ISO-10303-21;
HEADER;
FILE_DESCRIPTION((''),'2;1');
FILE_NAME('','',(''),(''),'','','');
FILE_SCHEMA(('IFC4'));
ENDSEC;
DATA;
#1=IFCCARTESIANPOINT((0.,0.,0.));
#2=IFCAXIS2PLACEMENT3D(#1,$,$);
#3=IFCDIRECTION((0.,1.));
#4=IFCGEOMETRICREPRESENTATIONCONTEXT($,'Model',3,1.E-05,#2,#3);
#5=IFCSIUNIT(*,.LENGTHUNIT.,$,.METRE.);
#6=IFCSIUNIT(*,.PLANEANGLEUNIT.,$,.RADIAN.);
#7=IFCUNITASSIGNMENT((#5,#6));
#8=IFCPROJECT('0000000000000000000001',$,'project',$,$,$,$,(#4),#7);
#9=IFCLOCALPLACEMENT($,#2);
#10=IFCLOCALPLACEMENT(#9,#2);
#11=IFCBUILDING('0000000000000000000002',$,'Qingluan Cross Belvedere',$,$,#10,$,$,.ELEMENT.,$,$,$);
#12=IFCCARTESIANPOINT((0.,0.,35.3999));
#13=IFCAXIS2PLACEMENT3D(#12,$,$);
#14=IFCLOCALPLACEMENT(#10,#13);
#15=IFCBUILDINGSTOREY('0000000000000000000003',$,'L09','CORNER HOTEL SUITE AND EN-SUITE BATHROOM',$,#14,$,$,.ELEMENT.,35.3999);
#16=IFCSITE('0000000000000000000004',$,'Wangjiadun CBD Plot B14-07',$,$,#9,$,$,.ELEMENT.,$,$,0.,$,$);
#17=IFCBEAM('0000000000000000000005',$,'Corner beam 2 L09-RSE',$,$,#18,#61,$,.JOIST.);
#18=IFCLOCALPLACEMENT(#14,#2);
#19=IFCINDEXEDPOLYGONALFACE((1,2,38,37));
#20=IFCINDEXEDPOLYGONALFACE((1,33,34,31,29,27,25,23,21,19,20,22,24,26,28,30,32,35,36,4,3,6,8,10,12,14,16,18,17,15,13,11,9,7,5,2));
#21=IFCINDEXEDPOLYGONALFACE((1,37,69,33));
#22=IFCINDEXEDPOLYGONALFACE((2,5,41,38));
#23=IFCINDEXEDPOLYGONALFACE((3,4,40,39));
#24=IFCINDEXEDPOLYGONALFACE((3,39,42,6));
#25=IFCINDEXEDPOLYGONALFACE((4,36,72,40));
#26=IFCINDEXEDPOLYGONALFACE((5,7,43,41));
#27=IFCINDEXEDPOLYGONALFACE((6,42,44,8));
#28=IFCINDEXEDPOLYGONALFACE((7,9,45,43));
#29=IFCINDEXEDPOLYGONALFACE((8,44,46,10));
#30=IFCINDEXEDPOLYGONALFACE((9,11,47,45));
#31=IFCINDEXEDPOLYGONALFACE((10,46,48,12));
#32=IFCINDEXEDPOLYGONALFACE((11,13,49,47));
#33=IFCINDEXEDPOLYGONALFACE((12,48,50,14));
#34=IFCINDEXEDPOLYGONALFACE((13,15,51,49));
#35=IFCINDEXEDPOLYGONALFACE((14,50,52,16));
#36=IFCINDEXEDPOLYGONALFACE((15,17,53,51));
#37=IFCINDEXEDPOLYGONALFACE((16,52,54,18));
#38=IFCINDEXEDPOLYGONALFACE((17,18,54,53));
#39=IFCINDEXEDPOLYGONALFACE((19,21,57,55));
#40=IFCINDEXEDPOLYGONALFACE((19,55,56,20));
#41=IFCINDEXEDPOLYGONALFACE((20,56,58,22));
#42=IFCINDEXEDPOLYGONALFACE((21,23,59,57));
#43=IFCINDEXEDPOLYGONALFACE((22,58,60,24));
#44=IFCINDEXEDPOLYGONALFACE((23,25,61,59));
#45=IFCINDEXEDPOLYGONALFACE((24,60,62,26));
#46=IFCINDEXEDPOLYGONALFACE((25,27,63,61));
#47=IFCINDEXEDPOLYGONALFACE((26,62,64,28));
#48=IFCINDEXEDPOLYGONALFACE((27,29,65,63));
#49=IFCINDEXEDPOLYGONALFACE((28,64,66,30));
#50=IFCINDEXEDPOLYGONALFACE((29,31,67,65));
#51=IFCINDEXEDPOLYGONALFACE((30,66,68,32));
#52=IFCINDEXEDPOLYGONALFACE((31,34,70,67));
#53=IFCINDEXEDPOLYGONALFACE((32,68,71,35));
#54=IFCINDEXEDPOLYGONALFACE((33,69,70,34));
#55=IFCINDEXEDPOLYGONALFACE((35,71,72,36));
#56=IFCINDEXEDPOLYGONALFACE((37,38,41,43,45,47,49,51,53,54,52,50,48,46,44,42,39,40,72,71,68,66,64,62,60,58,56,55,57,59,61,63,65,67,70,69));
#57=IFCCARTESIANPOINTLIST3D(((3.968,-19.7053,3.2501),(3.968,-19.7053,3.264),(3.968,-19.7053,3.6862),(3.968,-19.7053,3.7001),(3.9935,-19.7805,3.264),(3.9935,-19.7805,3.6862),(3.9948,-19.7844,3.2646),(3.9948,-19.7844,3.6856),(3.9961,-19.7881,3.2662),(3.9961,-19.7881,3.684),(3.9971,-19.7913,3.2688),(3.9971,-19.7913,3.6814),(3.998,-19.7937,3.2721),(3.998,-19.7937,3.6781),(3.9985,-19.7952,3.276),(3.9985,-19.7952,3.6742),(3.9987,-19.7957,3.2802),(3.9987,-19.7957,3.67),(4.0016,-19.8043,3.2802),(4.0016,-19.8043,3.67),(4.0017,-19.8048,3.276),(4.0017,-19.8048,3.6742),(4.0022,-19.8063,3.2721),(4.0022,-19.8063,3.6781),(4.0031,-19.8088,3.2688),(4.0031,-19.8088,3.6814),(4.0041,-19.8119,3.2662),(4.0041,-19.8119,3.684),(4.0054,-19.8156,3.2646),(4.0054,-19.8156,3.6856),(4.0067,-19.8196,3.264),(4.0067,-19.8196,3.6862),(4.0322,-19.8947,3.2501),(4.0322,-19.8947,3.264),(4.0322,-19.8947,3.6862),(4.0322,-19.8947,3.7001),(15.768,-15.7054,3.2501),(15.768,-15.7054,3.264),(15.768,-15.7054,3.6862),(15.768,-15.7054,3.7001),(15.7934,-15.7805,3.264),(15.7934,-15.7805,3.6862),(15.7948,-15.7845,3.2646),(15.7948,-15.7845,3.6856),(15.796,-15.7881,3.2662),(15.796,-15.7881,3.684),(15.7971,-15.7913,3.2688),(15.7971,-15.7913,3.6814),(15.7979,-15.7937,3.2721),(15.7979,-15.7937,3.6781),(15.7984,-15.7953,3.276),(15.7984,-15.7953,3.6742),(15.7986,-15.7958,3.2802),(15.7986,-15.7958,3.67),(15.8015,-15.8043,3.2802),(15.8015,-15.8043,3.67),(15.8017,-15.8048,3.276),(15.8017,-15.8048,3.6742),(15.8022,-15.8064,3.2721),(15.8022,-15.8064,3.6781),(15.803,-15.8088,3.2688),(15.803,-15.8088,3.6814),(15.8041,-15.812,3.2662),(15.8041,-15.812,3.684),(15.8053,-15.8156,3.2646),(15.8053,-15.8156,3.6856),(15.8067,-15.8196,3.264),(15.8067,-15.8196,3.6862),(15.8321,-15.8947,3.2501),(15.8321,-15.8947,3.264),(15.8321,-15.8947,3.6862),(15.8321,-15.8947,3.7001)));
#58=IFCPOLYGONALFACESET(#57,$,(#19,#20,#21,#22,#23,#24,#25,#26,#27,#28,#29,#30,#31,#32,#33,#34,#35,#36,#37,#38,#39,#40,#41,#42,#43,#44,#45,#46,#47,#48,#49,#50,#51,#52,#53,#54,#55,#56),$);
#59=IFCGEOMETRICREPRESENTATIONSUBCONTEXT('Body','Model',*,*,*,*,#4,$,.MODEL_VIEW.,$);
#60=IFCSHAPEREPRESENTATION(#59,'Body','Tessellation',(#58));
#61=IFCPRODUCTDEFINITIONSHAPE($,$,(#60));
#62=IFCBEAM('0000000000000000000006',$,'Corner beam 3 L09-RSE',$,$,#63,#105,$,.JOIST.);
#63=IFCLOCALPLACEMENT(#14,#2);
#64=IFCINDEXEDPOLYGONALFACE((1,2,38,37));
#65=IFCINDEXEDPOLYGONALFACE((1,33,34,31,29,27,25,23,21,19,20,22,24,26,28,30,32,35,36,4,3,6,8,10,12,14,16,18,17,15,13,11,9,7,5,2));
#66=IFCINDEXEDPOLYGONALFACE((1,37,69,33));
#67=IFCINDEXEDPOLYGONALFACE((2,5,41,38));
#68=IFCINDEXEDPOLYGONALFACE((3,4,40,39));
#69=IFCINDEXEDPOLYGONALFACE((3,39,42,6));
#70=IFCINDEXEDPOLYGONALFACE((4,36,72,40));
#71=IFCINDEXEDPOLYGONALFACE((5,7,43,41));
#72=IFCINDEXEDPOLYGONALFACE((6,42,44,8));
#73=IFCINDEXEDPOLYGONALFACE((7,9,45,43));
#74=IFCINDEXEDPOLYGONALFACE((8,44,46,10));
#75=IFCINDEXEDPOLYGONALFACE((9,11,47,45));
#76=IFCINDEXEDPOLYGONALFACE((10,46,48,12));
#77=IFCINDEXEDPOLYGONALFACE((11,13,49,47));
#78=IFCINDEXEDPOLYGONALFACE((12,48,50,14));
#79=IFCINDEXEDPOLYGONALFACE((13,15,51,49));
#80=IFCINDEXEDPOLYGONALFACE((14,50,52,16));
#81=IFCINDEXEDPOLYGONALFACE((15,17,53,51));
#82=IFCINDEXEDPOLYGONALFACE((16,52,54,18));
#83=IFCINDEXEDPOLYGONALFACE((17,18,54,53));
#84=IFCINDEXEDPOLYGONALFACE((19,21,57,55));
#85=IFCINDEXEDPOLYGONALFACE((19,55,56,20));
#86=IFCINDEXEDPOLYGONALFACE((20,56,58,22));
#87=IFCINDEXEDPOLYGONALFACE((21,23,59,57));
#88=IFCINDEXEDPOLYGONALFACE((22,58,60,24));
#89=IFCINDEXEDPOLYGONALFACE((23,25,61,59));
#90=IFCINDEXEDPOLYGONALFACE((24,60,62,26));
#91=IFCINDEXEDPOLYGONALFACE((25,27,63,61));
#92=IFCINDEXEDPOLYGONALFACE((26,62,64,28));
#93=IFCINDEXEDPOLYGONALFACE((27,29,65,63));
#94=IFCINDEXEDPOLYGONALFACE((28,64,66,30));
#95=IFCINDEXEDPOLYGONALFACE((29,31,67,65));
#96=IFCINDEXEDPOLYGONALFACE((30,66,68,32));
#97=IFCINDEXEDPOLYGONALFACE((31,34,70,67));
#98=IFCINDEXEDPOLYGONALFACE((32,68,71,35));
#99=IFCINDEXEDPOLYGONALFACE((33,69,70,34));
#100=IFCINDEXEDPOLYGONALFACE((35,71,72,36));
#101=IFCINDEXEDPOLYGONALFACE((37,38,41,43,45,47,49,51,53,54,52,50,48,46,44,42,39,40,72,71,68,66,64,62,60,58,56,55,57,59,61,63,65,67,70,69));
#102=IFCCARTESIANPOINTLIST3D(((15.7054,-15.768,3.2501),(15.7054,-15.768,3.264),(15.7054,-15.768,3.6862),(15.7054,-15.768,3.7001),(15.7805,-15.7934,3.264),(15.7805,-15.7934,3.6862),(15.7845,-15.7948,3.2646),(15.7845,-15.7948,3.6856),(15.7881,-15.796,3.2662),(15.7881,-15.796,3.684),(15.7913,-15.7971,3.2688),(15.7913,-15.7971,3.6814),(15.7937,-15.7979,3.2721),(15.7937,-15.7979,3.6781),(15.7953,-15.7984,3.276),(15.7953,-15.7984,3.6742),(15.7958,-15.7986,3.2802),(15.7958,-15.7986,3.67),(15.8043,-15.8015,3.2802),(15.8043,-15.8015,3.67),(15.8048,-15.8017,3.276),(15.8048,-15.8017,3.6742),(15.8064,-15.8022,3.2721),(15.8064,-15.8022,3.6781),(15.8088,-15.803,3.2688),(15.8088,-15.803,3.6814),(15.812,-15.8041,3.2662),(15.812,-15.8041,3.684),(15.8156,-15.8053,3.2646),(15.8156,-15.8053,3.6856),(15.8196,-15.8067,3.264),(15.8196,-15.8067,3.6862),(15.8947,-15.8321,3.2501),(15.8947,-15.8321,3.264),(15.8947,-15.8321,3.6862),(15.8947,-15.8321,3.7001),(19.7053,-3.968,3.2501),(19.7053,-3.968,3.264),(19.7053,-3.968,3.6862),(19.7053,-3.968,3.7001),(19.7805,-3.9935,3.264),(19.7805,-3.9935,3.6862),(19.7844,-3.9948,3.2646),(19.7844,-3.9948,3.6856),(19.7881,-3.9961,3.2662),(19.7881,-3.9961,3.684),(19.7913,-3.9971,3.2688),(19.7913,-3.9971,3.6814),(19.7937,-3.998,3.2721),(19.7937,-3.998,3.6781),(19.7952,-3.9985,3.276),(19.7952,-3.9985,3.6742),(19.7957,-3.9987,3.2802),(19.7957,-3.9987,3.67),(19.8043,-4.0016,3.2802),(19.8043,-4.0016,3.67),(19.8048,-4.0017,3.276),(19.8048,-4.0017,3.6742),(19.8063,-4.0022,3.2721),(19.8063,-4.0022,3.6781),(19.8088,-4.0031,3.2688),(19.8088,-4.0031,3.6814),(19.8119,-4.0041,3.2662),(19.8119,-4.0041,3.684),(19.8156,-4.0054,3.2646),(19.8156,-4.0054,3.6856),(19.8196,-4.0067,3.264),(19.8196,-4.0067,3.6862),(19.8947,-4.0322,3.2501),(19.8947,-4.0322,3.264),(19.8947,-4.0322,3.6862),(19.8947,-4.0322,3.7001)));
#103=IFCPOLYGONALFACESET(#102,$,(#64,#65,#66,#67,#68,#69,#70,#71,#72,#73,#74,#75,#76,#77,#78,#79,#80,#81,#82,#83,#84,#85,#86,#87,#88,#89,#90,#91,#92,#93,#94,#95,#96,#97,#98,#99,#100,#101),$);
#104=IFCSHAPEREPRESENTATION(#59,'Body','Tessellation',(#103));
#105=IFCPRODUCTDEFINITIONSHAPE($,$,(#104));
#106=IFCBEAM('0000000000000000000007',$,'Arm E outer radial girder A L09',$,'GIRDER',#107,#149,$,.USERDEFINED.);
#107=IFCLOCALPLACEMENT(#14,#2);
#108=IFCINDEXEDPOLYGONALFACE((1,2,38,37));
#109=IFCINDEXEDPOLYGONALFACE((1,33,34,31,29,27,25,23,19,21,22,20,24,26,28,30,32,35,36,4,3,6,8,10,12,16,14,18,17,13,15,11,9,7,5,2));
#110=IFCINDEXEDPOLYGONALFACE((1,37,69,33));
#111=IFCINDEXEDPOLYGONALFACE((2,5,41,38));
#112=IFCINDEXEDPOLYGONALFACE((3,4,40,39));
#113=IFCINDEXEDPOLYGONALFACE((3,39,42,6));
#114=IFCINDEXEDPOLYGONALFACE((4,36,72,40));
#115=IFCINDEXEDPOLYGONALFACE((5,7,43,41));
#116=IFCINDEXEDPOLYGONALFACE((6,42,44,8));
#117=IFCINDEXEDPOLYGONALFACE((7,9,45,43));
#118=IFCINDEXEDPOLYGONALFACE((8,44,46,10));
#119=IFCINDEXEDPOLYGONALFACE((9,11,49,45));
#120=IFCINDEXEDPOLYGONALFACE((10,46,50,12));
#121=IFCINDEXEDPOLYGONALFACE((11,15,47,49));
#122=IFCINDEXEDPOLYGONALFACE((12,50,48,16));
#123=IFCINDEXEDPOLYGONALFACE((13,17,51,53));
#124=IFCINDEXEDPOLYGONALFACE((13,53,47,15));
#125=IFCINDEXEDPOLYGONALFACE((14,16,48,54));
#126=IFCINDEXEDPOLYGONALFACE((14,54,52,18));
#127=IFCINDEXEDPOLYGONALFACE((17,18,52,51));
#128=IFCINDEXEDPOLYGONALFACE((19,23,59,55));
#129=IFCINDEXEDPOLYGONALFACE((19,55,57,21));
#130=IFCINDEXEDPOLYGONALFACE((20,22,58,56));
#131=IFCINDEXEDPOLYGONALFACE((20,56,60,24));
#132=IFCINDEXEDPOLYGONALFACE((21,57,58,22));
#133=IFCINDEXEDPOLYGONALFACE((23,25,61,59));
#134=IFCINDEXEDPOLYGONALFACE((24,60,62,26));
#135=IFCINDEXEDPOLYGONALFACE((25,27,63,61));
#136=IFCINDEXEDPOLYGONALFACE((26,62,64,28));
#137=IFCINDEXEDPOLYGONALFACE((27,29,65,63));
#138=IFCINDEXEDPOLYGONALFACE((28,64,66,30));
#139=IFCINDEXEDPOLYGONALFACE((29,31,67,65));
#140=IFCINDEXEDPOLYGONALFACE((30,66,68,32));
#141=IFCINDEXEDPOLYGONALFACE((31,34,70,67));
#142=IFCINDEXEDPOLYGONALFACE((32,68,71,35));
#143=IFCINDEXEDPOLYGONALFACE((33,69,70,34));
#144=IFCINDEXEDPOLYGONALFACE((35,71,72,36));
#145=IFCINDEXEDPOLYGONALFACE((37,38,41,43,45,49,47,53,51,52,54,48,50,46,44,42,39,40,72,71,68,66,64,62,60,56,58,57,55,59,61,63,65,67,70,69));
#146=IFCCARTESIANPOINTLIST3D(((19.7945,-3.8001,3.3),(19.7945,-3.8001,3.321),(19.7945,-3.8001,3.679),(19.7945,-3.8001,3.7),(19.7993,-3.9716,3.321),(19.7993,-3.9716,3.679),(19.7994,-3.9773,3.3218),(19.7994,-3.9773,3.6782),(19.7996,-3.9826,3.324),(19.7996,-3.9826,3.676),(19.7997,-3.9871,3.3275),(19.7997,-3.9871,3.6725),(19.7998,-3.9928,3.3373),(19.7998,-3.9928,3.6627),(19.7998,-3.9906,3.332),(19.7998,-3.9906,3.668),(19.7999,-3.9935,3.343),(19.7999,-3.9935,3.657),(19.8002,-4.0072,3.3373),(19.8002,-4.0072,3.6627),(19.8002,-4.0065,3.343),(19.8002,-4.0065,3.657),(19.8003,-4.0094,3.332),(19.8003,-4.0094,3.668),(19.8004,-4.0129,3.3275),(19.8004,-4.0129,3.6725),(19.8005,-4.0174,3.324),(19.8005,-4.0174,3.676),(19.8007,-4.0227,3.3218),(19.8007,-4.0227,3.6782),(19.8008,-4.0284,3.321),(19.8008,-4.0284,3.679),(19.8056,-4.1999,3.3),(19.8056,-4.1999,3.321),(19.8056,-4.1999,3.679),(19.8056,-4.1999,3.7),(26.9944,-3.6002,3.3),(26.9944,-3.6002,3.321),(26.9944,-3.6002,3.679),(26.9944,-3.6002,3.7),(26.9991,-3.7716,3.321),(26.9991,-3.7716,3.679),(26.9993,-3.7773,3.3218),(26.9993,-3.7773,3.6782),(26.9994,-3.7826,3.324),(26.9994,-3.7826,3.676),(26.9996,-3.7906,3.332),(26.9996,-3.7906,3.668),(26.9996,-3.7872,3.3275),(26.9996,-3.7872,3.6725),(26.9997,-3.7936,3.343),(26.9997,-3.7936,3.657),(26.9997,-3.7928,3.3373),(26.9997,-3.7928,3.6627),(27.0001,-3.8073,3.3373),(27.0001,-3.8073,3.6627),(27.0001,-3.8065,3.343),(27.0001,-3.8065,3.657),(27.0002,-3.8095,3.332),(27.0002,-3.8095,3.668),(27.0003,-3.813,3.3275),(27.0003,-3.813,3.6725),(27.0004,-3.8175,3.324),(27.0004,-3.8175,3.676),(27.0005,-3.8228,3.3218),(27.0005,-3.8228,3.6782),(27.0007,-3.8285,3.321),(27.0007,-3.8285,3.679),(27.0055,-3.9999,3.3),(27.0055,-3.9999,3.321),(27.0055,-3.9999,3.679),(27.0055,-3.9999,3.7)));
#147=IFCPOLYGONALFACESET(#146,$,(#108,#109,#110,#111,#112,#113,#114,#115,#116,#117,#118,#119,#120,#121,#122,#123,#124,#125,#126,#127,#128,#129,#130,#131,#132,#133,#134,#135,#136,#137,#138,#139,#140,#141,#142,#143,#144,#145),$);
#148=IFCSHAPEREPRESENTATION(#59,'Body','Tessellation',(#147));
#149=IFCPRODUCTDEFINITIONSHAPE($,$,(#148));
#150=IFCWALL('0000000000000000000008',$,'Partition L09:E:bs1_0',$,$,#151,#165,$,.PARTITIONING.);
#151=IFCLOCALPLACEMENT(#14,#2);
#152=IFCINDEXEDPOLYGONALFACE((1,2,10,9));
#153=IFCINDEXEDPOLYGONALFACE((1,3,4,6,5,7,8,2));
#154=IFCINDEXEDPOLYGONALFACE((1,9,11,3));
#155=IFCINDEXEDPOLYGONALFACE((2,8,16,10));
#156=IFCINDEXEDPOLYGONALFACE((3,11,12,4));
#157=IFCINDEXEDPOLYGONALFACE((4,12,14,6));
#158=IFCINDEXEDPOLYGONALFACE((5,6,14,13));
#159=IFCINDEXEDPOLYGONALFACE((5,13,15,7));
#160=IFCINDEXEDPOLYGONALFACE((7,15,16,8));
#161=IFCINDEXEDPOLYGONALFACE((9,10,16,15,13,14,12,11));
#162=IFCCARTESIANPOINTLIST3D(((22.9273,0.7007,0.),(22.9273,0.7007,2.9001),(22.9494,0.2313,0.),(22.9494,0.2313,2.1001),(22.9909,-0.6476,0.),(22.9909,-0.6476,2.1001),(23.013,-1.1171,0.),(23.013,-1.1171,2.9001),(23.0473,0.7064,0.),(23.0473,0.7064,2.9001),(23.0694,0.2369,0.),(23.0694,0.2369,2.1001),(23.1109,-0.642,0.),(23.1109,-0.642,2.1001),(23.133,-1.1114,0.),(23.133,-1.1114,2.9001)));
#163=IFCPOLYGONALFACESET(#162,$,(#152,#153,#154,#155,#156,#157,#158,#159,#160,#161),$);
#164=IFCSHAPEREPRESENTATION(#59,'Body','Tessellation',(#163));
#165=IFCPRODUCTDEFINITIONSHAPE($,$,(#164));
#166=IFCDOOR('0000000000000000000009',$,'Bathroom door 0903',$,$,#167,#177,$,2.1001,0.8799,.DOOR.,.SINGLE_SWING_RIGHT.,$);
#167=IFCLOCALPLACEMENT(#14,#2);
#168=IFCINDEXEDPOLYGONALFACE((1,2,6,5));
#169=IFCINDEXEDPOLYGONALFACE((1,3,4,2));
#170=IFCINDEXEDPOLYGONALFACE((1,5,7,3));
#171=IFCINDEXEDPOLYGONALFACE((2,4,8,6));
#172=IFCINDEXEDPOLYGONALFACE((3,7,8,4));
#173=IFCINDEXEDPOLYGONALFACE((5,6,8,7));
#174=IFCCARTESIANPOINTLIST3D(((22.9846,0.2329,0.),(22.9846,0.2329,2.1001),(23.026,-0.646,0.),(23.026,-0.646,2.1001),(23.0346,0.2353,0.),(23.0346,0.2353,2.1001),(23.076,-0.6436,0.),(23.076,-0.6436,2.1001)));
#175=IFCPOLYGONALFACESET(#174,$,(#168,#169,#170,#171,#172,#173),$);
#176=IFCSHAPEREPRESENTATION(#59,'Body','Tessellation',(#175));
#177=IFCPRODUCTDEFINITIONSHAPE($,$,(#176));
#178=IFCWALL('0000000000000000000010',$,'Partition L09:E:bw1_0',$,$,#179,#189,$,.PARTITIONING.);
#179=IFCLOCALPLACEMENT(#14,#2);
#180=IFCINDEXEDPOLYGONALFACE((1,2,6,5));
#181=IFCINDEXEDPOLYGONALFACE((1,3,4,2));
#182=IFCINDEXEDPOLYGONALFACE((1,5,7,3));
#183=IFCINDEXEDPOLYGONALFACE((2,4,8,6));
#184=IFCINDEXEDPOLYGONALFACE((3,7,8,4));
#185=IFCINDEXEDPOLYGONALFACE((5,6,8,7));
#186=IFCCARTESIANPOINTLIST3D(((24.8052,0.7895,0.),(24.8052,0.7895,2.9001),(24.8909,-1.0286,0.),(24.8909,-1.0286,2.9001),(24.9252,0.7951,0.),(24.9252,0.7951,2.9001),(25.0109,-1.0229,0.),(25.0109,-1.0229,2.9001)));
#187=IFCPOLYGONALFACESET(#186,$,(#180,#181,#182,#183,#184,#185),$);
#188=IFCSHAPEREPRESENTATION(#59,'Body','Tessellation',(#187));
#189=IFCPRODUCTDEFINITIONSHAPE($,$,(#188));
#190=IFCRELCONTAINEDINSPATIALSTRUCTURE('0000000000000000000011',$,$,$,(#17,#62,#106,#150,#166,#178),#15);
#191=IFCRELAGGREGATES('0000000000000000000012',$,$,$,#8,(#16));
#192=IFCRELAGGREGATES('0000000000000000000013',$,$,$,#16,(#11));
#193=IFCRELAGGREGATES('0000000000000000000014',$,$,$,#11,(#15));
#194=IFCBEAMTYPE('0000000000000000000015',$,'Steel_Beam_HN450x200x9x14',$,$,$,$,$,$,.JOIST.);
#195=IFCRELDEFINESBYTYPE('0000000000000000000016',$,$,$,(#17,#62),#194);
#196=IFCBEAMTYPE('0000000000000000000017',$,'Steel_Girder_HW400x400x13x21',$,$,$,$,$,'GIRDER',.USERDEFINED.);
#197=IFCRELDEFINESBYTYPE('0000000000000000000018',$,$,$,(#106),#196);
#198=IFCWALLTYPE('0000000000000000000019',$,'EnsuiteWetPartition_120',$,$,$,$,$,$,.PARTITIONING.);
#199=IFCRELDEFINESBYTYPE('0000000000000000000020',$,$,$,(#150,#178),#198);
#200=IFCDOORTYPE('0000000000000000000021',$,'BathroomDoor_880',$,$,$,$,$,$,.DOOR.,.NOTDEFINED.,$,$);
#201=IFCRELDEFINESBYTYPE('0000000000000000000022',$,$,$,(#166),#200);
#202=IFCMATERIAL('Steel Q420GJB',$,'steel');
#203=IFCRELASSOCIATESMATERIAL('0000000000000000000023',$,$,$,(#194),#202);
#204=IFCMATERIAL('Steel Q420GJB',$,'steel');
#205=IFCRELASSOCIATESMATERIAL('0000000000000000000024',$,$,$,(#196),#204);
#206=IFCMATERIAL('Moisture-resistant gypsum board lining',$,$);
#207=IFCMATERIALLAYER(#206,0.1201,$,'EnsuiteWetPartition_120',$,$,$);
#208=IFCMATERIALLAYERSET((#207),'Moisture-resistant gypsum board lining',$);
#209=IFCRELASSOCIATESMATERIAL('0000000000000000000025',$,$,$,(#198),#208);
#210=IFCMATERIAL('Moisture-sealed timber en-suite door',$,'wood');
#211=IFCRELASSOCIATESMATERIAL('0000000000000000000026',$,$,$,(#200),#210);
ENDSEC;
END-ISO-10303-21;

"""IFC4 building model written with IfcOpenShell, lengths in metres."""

from ifc_helpers import new_model, si_unit, direction, frame, frame_2d, origin, origin_2d, place, context, subcontext, project, spatial, rectangle, i_section, extrude, material, layer, layer_set, material_profile, profile_set, type_object, element, fill, save


model = new_model("IFC4")

# Units and contexts
model_context = context("Model", 3, precision=1e-05, world=origin(), true_north=direction((0.0, 1.0)))
body_context = subcontext(model_context, "Body", "Model", "MODEL_VIEW")
ifc_project = project(units=[si_unit("LENGTHUNIT", "METRE"), si_unit("PLANEANGLEUNIT", "RADIAN")], contexts=[model_context])

# Site, building, storey
site_placement = place(None, origin())
site = spatial("IfcSite", under=ifc_project, at=site_placement, Name="Wangjiadun CBD Plot B14-07", CompositionType="ELEMENT", RefElevation=0.0)
building_placement = place(site_placement, origin())
building = spatial("IfcBuilding", under=site, at=building_placement, Name="Qingluan Cross Belvedere", CompositionType="ELEMENT")
storey_placement = place(building_placement, frame((0.0, 0.0, 35.3999)))
storey = spatial("IfcBuildingStorey", under=building, at=storey_placement, Name="L09", Description="CORNER HOTEL SUITE AND EN-SUITE BATHROOM", CompositionType="ELEMENT", Elevation=35.3999)

# Beams
ifc_material_1 = material(Name="Steel Q420GJB", Category="steel")
ifc_material_profile_1 = material_profile(ifc_material_1, i_section(OverallWidth=0.2, OverallDepth=0.45, WebThickness=0.009, FlangeThickness=0.0139, FilletRadius=0.0161, at=origin_2d()), Name="HN450x200x9x14")
ifc_profile_set_1 = profile_set([ifc_material_profile_1], Name="Steel Q420GJB")
beam_type_1 = type_object("IfcBeamType", Name="Steel_Beam_HN450x200x9x14", PredefinedType="JOIST", material=ifc_profile_set_1)
for number, where, z_axis, x_axis, name in (
    (1, (15.8, -15.8, 3.4751), (-0.947066, -0.321038, 0.0), (0.321038, -0.947066, 0.0), "Corner beam 2 L09-RSE"),
    (2, (15.8, -15.8, 3.4751), (0.321038, 0.947066, 0.0), (-0.947066, 0.321038, 0.0), "Corner beam 3 L09-RSE"),
):
    element("IfcBeam", number, at=place(storey_placement, frame(where, z_axis=z_axis, x_axis=x_axis)), inside=storey, type_object=beam_type_1, Name=name, PredefinedType="JOIST", context=body_context, shape_type="SweptSolid", body=[
        extrude(i_section(OverallWidth=0.2, OverallDepth=0.45, WebThickness=0.009, FlangeThickness=0.0139, FilletRadius=0.0161, at=origin_2d()), origin(), (0.0, 0.0, 1.0), 12.4595),
    ])
ifc_material_2 = material(Name="Steel Q420GJB", Category="steel")
ifc_material_profile_2 = material_profile(ifc_material_2, i_section(OverallWidth=0.3999, OverallDepth=0.3999, WebThickness=0.0129, FlangeThickness=0.021, FilletRadius=0.022, at=origin_2d()), Name="HW400x400x13x21")
ifc_profile_set_2 = profile_set([ifc_material_profile_2], Name="Steel Q420GJB")
beam_type_2 = type_object("IfcBeamType", Name="Steel_Girder_HW400x400x13x21", ElementType="GIRDER", PredefinedType="USERDEFINED", material=ifc_profile_set_2)
beam_1_placement = place(storey_placement, frame((19.8, -4.0, 3.5), z_axis=(0.999615, 0.02776, 0.0), x_axis=(-0.02776, 0.999615, 0.0)))
element("IfcBeam", 3, at=beam_1_placement, inside=storey, type_object=beam_type_2, Name="Arm E outer radial girder A L09", ObjectType="GIRDER", PredefinedType="USERDEFINED", context=body_context, shape_type="SweptSolid", body=[
    extrude(i_section(OverallWidth=0.3999, OverallDepth=0.3999, WebThickness=0.0129, FlangeThickness=0.021, FilletRadius=0.022, at=origin_2d()), origin(), (0.0, 0.0, 1.0), 7.2026),
])

# Wall, opening, door
ifc_material_3 = material(Name="Moisture-resistant gypsum board lining")
ifc_layer_1 = layer(ifc_material_3, 0.1201, Name="EnsuiteWetPartition_120")
ifc_layer_set_1 = layer_set([ifc_layer_1], Name="Moisture-resistant gypsum board lining")
wall_type_1 = type_object("IfcWallType", Name="EnsuiteWetPartition_120", PredefinedType="PARTITIONING", material=ifc_layer_set_1)
wall_1_placement = place(storey_placement, frame((23.073, -1.1143, 0.0), z_axis=(0.0, 0.0, 1.0), x_axis=(-0.047087, 0.998891, 0.0)))
wall_1 = element("IfcWall", 4, at=wall_1_placement, inside=storey, type_object=wall_type_1, Name="Partition L09:E:bs1_0", PredefinedType="PARTITIONING", context=body_context, shape_type="SweptSolid", body=[
    extrude(rectangle(XDim=1.8198, YDim=0.1201, at=frame_2d((0.9099, 0.0))), origin(), (0.0, 0.0, 1.0), 2.9001),
])
opening_1_placement = place(wall_1_placement, frame((0.47, 0.0, 0.0)))
opening_1 = element("IfcOpeningElement", 5, at=opening_1_placement, cuts=wall_1, PredefinedType="OPENING", context=body_context, shape_type="SweptSolid", body=[
    extrude(rectangle(XDim=0.8799, YDim=2.1001, at=frame_2d((0.4399, 1.05))), frame((0.0, 0.0701, 0.0), z_axis=(0.0, -1.0, 0.0), x_axis=(1.0, 0.0, 0.0)), (0.0, 0.0, 1.0), 0.1401),
])
ifc_material_4 = material(Name="Moisture-sealed timber en-suite door", Category="wood")
door_type = type_object("IfcDoorType", Name="BathroomDoor_880", OperationType="NOTDEFINED", PredefinedType="DOOR", material=ifc_material_4)
door_placement = place(opening_1_placement, origin())
door = element("IfcDoor", 6, at=door_placement, inside=storey, type_object=door_type, Name="Bathroom door 0903", OperationType="SINGLE_SWING_RIGHT", OverallHeight=2.1001, OverallWidth=0.8799, PredefinedType="DOOR", context=body_context, shape_type="SweptSolid", body=[
    extrude(rectangle(XDim=0.8799, YDim=2.1001, at=frame_2d((0.4399, 1.05))), frame((0.0, 0.0249, 0.0), z_axis=(0.0, -1.0, 0.0), x_axis=(1.0, 0.0, 0.0)), (0.0, 0.0, 1.0), 0.05),
])
fill(opening_1, door)

# Wall
wall_2_placement = place(storey_placement, frame((24.9509, -1.0259, 0.0), z_axis=(0.0, 0.0, 1.0), x_axis=(-0.047081, 0.998891, 0.0)))
element("IfcWall", 7, at=wall_2_placement, inside=storey, type_object=wall_type_1, Name="Partition L09:E:bw1_0", PredefinedType="PARTITIONING", context=body_context, shape_type="SweptSolid", body=[
    extrude(rectangle(XDim=1.8201, YDim=0.1201, at=frame_2d((0.9102, 0.0))), origin(), (0.0, 0.0, 1.0), 2.9001),
])

save(model, "model.ifc")
